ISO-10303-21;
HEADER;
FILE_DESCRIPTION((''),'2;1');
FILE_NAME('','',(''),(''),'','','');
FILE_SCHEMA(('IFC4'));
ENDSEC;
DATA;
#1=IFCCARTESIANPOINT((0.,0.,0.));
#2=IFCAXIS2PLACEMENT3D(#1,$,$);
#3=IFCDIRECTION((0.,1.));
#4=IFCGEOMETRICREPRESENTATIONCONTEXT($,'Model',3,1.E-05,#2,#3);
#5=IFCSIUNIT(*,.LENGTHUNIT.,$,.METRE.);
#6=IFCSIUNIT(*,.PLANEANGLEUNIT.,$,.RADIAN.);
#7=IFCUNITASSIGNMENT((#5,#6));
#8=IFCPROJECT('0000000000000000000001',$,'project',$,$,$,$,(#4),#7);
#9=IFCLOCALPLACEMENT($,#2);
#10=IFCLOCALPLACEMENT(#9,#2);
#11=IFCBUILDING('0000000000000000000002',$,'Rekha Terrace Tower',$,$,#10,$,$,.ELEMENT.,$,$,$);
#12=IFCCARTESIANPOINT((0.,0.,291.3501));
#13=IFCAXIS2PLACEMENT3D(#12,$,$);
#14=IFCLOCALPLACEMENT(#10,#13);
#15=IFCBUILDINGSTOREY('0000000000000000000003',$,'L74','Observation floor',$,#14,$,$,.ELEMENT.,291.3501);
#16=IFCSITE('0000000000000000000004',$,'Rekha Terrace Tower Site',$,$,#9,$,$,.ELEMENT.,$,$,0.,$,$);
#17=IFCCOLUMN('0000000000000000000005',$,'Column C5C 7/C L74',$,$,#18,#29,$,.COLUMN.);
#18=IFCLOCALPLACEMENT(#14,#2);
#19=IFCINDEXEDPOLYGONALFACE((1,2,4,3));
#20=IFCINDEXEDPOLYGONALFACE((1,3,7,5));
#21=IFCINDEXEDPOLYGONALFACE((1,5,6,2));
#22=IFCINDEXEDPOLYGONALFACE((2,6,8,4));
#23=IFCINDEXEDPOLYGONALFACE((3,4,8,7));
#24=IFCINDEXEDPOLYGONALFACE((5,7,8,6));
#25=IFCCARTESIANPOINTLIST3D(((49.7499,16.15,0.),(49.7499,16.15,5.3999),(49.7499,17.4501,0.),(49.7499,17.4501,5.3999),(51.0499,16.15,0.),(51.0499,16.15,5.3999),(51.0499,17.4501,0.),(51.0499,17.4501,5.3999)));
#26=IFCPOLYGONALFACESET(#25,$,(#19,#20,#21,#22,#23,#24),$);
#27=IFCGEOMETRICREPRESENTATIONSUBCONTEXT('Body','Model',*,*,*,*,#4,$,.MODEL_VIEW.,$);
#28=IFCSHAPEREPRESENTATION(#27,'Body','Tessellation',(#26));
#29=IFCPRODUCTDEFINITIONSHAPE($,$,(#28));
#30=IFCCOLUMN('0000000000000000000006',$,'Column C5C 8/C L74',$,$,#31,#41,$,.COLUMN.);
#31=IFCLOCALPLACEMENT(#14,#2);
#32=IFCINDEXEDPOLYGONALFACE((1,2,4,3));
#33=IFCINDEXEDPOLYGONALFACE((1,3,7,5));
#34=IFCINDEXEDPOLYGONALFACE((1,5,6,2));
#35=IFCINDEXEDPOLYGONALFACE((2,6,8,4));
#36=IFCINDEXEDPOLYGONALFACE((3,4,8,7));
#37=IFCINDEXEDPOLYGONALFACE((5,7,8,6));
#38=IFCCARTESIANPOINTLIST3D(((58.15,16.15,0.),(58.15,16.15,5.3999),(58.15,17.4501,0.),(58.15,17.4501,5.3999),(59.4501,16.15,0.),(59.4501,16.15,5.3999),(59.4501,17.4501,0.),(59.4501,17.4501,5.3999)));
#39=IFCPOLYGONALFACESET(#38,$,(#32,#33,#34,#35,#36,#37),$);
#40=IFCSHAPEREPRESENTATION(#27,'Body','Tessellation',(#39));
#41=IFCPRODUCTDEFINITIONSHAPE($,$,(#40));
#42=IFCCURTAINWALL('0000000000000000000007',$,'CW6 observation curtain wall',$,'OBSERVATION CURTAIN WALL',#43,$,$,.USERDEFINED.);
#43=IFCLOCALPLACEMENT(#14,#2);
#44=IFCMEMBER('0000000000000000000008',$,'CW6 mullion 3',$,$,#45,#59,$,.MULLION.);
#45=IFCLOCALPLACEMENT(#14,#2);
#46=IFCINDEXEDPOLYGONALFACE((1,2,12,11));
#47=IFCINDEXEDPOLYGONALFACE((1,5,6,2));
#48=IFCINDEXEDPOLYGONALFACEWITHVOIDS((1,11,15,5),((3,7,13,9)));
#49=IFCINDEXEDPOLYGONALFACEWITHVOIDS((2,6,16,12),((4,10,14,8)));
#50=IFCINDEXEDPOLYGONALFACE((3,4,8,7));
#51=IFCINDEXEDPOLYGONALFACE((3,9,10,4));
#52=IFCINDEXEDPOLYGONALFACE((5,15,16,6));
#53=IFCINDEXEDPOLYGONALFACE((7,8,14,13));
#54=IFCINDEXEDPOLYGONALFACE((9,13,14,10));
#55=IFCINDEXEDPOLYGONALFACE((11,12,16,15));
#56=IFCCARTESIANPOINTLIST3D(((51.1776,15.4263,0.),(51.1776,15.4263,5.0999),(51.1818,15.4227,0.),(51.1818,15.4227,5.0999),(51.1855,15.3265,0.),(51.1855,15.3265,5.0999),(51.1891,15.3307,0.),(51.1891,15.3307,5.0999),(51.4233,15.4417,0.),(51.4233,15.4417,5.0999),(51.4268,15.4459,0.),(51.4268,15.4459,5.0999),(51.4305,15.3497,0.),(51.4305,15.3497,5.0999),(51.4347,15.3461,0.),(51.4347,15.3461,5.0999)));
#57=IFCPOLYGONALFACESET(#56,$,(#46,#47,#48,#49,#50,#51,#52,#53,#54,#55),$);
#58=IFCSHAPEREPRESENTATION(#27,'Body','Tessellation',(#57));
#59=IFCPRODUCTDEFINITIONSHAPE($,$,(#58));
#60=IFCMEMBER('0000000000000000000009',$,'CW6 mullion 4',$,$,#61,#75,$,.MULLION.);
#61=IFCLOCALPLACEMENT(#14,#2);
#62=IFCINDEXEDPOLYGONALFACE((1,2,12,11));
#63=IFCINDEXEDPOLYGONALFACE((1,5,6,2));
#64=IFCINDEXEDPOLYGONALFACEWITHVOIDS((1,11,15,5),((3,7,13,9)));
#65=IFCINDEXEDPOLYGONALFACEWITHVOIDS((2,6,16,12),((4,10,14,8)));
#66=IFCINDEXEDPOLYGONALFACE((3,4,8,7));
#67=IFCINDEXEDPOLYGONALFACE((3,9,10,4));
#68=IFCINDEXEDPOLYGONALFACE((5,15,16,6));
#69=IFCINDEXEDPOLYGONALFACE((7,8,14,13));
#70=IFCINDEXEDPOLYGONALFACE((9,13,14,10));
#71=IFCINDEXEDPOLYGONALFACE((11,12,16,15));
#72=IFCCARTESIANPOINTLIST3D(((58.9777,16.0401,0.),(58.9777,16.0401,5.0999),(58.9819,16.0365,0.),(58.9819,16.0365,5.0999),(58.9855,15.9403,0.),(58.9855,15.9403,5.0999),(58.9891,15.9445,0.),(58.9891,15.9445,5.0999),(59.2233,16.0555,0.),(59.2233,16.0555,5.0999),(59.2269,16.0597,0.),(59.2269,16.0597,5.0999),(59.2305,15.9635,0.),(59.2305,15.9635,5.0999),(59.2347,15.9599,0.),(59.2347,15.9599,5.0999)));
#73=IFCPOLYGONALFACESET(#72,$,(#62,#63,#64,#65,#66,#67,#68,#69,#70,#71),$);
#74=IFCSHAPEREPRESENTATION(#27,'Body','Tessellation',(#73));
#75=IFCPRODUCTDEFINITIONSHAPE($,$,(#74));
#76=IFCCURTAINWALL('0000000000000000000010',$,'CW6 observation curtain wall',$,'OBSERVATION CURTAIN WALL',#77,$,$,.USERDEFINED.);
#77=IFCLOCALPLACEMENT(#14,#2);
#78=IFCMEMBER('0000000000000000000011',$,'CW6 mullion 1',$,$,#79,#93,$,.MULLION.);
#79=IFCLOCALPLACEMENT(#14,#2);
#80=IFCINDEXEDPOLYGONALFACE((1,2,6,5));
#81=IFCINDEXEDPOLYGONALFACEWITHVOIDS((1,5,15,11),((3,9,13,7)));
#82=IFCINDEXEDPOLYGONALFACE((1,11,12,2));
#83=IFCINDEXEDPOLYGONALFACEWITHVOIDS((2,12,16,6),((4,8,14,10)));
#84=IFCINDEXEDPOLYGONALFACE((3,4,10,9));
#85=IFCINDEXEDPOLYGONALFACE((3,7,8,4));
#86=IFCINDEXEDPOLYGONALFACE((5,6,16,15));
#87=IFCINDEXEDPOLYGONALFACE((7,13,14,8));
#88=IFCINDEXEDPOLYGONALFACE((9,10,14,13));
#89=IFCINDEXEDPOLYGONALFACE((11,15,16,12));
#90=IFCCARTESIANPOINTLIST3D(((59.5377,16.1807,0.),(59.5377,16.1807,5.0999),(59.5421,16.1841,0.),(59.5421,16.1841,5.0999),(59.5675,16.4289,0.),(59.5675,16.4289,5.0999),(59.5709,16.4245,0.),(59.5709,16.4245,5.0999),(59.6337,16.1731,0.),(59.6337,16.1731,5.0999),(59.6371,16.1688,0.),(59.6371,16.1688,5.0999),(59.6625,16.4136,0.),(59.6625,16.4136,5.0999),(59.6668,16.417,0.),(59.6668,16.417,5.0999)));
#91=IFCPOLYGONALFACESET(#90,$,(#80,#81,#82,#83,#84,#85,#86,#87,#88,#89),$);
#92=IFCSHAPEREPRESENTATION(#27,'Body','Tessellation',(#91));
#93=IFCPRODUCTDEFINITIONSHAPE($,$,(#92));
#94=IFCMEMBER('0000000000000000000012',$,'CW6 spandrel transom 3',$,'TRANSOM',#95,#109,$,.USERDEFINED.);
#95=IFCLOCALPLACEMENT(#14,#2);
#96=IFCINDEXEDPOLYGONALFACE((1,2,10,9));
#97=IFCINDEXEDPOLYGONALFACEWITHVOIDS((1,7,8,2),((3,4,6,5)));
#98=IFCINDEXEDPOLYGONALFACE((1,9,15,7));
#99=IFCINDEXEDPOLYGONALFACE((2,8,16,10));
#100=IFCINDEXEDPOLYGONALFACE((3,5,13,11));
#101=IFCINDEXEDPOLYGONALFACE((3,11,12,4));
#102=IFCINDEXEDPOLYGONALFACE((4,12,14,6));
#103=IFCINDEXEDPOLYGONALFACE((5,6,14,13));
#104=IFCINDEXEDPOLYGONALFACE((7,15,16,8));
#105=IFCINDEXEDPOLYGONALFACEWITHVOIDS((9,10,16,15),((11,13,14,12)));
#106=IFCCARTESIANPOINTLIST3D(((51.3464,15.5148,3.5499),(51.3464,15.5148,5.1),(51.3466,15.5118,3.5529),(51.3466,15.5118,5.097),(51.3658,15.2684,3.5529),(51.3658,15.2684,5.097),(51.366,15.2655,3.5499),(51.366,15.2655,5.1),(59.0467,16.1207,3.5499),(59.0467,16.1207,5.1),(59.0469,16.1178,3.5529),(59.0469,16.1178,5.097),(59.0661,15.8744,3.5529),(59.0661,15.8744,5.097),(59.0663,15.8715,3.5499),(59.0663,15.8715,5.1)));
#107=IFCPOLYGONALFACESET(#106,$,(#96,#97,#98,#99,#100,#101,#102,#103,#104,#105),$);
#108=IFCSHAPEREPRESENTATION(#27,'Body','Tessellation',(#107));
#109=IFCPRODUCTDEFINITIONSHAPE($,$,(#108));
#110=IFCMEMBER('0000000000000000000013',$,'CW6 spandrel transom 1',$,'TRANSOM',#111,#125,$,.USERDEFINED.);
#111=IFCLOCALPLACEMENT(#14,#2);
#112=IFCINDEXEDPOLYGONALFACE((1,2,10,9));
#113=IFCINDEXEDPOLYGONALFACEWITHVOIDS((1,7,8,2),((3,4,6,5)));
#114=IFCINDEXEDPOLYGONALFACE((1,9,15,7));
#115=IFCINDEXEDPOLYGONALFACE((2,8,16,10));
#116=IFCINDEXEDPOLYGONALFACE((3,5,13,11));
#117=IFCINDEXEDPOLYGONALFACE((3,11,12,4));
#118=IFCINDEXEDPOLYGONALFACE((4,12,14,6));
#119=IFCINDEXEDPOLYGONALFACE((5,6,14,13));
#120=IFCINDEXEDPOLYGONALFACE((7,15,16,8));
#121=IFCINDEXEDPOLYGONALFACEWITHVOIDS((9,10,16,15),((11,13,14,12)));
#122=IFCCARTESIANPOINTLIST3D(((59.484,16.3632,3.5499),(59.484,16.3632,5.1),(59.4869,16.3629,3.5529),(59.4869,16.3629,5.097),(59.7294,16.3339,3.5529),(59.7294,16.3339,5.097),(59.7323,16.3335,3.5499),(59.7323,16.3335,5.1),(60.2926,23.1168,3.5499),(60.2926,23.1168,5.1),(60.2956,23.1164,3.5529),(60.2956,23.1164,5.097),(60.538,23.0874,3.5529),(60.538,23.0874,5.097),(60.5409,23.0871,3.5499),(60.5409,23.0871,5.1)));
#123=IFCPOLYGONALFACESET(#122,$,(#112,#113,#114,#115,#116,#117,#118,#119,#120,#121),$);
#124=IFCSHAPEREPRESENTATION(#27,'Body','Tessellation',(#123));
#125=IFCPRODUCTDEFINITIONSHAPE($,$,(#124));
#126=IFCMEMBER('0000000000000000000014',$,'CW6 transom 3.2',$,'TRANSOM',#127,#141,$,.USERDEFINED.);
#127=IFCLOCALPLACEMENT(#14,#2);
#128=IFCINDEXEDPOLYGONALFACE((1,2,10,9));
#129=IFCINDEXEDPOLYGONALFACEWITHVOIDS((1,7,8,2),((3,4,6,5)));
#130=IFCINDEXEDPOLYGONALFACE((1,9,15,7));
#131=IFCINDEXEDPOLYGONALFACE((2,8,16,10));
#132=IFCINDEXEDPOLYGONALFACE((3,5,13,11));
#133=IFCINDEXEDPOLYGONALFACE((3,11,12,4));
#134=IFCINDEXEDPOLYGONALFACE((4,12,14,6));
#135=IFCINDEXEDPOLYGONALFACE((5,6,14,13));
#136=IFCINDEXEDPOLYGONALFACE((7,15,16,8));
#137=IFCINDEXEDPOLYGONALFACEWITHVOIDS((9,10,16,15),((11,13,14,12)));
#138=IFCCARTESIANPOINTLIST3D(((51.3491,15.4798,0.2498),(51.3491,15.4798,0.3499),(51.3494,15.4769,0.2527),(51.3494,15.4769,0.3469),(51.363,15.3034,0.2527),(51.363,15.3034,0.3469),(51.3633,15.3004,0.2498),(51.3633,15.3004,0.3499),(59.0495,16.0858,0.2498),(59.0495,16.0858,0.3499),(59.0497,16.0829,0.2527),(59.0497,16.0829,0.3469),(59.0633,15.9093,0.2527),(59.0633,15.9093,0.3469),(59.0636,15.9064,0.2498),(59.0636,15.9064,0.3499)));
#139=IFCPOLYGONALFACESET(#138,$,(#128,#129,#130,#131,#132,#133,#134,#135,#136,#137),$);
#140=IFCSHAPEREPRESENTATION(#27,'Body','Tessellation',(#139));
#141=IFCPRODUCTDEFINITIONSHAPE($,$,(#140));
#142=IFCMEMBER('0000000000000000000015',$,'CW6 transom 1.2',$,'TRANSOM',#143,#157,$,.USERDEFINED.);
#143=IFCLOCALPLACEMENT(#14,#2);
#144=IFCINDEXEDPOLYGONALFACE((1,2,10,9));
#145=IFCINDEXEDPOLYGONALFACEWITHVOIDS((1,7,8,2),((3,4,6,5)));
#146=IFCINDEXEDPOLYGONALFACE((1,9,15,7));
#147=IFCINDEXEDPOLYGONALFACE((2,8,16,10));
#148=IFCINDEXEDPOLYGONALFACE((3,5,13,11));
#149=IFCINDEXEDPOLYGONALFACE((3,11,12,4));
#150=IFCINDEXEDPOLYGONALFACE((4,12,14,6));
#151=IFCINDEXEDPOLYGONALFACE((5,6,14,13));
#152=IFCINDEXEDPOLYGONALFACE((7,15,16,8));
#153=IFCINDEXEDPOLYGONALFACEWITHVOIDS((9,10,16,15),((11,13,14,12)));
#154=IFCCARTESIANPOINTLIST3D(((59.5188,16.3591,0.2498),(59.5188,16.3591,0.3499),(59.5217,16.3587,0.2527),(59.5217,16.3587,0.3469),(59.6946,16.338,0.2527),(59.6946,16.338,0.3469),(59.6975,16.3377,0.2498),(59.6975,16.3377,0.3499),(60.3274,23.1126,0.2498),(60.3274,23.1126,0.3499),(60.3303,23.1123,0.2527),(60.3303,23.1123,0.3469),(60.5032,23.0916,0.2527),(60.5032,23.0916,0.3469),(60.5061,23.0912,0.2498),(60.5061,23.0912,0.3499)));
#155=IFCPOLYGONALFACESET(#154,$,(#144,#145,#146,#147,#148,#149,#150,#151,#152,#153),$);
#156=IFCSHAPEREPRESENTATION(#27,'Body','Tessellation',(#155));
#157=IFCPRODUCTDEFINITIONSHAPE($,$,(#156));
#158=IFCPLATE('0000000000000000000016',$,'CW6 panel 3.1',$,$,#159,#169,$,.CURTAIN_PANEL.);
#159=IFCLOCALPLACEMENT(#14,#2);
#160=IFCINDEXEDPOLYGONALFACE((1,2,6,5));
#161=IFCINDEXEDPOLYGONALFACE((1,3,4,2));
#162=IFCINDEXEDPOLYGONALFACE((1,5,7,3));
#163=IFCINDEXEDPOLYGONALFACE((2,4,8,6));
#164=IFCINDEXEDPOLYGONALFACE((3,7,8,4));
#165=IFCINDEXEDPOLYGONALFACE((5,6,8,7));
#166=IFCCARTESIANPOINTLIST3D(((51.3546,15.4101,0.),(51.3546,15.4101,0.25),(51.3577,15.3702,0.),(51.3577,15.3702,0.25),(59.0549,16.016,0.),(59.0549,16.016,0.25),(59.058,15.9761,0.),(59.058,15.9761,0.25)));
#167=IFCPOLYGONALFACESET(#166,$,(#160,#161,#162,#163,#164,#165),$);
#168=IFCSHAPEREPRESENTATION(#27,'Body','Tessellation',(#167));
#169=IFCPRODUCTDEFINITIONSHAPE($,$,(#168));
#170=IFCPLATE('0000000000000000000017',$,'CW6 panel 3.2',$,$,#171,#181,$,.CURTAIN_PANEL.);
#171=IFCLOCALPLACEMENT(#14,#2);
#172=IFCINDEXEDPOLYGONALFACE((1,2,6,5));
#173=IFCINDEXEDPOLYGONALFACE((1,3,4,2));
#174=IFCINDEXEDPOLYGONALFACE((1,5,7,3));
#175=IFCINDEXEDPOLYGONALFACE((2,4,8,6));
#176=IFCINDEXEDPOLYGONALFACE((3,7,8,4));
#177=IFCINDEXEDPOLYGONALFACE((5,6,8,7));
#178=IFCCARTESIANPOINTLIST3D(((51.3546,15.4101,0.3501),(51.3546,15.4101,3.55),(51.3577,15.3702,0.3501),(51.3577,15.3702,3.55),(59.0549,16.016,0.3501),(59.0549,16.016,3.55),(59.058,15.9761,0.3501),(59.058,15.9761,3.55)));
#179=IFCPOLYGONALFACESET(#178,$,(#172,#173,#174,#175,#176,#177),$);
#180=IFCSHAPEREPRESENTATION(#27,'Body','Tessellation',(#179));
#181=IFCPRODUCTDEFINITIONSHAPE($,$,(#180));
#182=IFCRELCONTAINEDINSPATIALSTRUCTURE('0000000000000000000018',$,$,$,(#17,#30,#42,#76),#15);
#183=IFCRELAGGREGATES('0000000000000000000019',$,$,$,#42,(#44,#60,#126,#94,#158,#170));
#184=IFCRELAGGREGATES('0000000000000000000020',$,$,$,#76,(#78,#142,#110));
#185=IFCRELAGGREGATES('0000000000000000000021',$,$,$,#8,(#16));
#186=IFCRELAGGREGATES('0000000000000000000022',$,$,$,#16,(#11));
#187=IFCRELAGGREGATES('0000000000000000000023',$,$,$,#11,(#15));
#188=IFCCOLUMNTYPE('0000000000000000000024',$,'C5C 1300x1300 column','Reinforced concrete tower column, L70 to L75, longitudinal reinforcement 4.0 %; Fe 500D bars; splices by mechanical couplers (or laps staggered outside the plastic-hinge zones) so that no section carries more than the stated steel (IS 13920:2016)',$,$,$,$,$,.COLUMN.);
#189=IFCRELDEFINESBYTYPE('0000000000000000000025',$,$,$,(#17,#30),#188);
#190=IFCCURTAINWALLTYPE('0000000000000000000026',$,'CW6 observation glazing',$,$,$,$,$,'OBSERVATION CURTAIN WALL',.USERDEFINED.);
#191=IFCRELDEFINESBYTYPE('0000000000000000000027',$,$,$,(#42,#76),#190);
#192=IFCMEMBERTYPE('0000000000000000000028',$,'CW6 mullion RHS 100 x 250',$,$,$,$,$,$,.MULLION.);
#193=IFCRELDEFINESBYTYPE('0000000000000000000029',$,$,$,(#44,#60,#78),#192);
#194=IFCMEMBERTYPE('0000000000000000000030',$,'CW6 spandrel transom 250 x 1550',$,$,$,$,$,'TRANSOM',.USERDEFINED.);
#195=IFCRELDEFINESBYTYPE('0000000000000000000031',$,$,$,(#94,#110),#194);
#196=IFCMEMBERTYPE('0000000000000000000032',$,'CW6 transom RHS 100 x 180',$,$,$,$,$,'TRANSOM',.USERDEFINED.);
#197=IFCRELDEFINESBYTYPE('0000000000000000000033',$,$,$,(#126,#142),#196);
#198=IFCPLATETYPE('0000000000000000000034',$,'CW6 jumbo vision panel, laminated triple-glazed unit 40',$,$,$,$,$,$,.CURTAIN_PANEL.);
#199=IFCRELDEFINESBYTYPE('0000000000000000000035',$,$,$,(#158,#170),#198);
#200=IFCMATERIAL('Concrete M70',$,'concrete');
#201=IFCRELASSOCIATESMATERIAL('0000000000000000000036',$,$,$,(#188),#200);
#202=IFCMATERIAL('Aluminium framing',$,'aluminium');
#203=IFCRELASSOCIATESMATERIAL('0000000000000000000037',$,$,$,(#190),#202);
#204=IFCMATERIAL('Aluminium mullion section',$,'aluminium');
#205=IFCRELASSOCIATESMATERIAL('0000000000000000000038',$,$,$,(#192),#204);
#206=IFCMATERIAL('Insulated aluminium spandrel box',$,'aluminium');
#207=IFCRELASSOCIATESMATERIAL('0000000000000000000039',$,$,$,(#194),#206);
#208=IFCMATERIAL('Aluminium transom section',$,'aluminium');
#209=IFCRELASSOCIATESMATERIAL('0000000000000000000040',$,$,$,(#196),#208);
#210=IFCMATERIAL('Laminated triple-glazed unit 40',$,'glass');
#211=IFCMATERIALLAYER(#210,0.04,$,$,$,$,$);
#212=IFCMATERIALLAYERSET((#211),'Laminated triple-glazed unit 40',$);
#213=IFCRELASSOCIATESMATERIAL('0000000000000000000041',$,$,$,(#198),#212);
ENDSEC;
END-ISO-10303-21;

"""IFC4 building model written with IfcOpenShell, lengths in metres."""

from ifc_helpers import new_model, si_unit, direction, frame, origin, origin_2d, place, context, subcontext, project, spatial, rectangle, hollow_rectangle, extrude, material, layer, layer_set, material_profile, profile_set, type_object, element, aggregate, save


model = new_model("IFC4")

# Units and contexts
model_context = context("Model", 3, precision=1e-05, world=origin(), true_north=direction((0.0, 1.0)))
body_context = subcontext(model_context, "Body", "Model", "MODEL_VIEW")
ifc_project = project(units=[si_unit("LENGTHUNIT", "METRE"), si_unit("PLANEANGLEUNIT", "RADIAN")], contexts=[model_context])

# Site, building, storey
site_placement = place(None, origin())
site = spatial("IfcSite", under=ifc_project, at=site_placement, Name="Rekha Terrace Tower Site", CompositionType="ELEMENT", RefElevation=0.0)
building_placement = place(site_placement, origin())
building = spatial("IfcBuilding", under=site, at=building_placement, Name="Rekha Terrace Tower", CompositionType="ELEMENT")
storey_placement = place(building_placement, frame((0.0, 0.0, 291.3501)))
storey = spatial("IfcBuildingStorey", under=building, at=storey_placement, Name="L74", Description="Observation floor", CompositionType="ELEMENT", Elevation=291.3501)

# Columns
ifc_material_1 = material(Name="Concrete M70", Category="concrete")
ifc_material_profile_1 = material_profile(ifc_material_1, rectangle(XDim=1.3, YDim=1.3, at=origin_2d()), Name="RC 1300x1300")
ifc_profile_set_1 = profile_set([ifc_material_profile_1], Name="Concrete M70")
column_type = type_object("IfcColumnType", Name="C5C 1300x1300 column", Description="Reinforced concrete tower column, L70 to L75, longitudinal reinforcement 4.0 %; Fe 500D bars; splices by mechanical couplers (or laps staggered outside the plastic-hinge zones) so that no section carries more than the stated steel (IS 13920:2016)", PredefinedType="COLUMN", material=ifc_profile_set_1)
for number, where, z_axis, x_axis, name in (
    (1, (50.3999, 16.8, 0.0), (0.0, 0.0, 1.0), (1.0, 0.0, 0.0), "Column C5C 7/C L74"),
    (2, (58.8, 16.8, 0.0), (0.0, 0.0, 1.0), (1.0, 0.0, 0.0), "Column C5C 8/C L74"),
):
    element("IfcColumn", number, at=place(storey_placement, frame(where, z_axis=z_axis, x_axis=x_axis)), inside=storey, type_object=column_type, Name=name, PredefinedType="COLUMN", context=body_context, shape_type="SweptSolid", body=[
        extrude(rectangle(XDim=1.3, YDim=1.3, at=origin_2d()), origin(), (0.0, 0.0, 1.0), 5.3999),
    ])

# Curtain wall, members
ifc_material_2 = material(Name="Aluminium framing", Category="aluminium")
curtain_wall_type = type_object("IfcCurtainWallType", Name="CW6 observation glazing", ElementType="OBSERVATION CURTAIN WALL", PredefinedType="USERDEFINED", material=ifc_material_2)
curtain_wall_1_placement = place(storey_placement, origin())
curtain_wall_1 = element("IfcCurtainWall", 3, at=curtain_wall_1_placement, inside=storey, type_object=curtain_wall_type, Name="CW6 observation curtain wall", ObjectType="OBSERVATION CURTAIN WALL", PredefinedType="USERDEFINED")
ifc_material_3 = material(Name="Aluminium mullion section", Category="aluminium")
ifc_material_profile_2 = material_profile(ifc_material_3, hollow_rectangle(XDim=0.1001, YDim=0.25, WallThickness=0.0039, at=origin_2d()), Name="AL RHS 100x250")
ifc_profile_set_2 = profile_set([ifc_material_profile_2], Name="Aluminium mullion section")
member_type_1 = type_object("IfcMemberType", Name="CW6 mullion RHS 100 x 250", PredefinedType="MULLION", material=ifc_profile_set_2)
member_1_placement = place(storey_placement, frame((51.3062, 15.3862, 0.0), z_axis=(0.0, 0.0, 1.0), x_axis=(-0.078449, 0.996918, 0.0)))
member_1 = element("IfcMember", 4, at=member_1_placement, type_object=member_type_1, Name="CW6 mullion 3", PredefinedType="MULLION", context=body_context, shape_type="SweptSolid", body=[
    extrude(hollow_rectangle(XDim=0.1001, YDim=0.25, WallThickness=0.0039, at=origin_2d()), origin(), (0.0, 0.0, 1.0), 5.0999),
])
member_2_placement = place(storey_placement, frame((59.1062, 16.0, 0.0), z_axis=(0.0, 0.0, 1.0), x_axis=(-0.078449, 0.996918, 0.0)))
member_2 = element("IfcMember", 5, at=member_2_placement, type_object=member_type_1, Name="CW6 mullion 4", PredefinedType="MULLION", context=body_context, shape_type="SweptSolid", body=[
    extrude(hollow_rectangle(XDim=0.1001, YDim=0.25, WallThickness=0.0039, at=origin_2d()), origin(), (0.0, 0.0, 1.0), 5.0999),
])

# Curtain wall, member
curtain_wall_2_placement = place(storey_placement, origin())
curtain_wall_2 = element("IfcCurtainWall", 6, at=curtain_wall_2_placement, inside=storey, type_object=curtain_wall_type, Name="CW6 observation curtain wall", ObjectType="OBSERVATION CURTAIN WALL", PredefinedType="USERDEFINED")
member_3_placement = place(storey_placement, frame((59.6023, 16.2988, 0.0), z_axis=(0.0, 0.0, 1.0), x_axis=(-0.99291, 0.118869, 0.0)))
member_3 = element("IfcMember", 7, at=member_3_placement, type_object=member_type_1, Name="CW6 mullion 1", PredefinedType="MULLION", context=body_context, shape_type="SweptSolid", body=[
    extrude(hollow_rectangle(XDim=0.1001, YDim=0.25, WallThickness=0.0039, at=origin_2d()), origin(), (0.0, 0.0, 1.0), 5.0999),
])

# Members
ifc_material_4 = material(Name="Insulated aluminium spandrel box", Category="aluminium")
ifc_material_profile_3 = material_profile(ifc_material_4, hollow_rectangle(XDim=0.25, YDim=1.55, WallThickness=0.0029, at=origin_2d()), Name="AL SPANDREL BOX 250x1550")
ifc_profile_set_3 = profile_set([ifc_material_profile_3], Name="Insulated aluminium spandrel box")
member_type_2 = type_object("IfcMemberType", Name="CW6 spandrel transom 250 x 1550", ElementType="TRANSOM", PredefinedType="USERDEFINED", material=ifc_profile_set_3)
member_4_placement = place(storey_placement, frame((51.3562, 15.3901, 4.325), z_axis=(0.996918, 0.078451, 0.0), x_axis=(-0.078451, 0.996918, 0.0)))
member_4 = element("IfcMember", 8, at=member_4_placement, type_object=member_type_2, Name="CW6 spandrel transom 3", ObjectType="TRANSOM", PredefinedType="USERDEFINED", context=body_context, shape_type="SweptSolid", body=[
    extrude(hollow_rectangle(XDim=0.25, YDim=1.55, WallThickness=0.0029, at=origin_2d()), origin(), (0.0, 0.0, 1.0), 7.7241),
])
member_5_placement = place(storey_placement, frame((59.6082, 16.3484, 4.325), z_axis=(0.118882, 0.992908, 0.0), x_axis=(-0.992908, 0.118882, 0.0)))
member_5 = element("IfcMember", 9, at=member_5_placement, type_object=member_type_2, Name="CW6 spandrel transom 1", ObjectType="TRANSOM", PredefinedType="USERDEFINED", context=body_context, shape_type="SweptSolid", body=[
    extrude(hollow_rectangle(XDim=0.25, YDim=1.55, WallThickness=0.0029, at=origin_2d()), origin(), (0.0, 0.0, 1.0), 6.8018),
])
ifc_material_5 = material(Name="Aluminium transom section", Category="aluminium")
ifc_material_profile_4 = material_profile(ifc_material_5, hollow_rectangle(XDim=0.1799, YDim=0.1001, WallThickness=0.0029, at=origin_2d()), Name="AL RHS 180x100")
ifc_profile_set_4 = profile_set([ifc_material_profile_4], Name="Aluminium transom section")
member_type_3 = type_object("IfcMemberType", Name="CW6 transom RHS 100 x 180", ElementType="TRANSOM", PredefinedType="USERDEFINED", material=ifc_profile_set_4)
member_6_placement = place(storey_placement, frame((51.3562, 15.3901, 0.2998), z_axis=(0.996918, 0.078451, 0.0), x_axis=(-0.078451, 0.996918, 0.0)))
member_6 = element("IfcMember", 10, at=member_6_placement, type_object=member_type_3, Name="CW6 transom 3.2", ObjectType="TRANSOM", PredefinedType="USERDEFINED", context=body_context, shape_type="SweptSolid", body=[
    extrude(hollow_rectangle(XDim=0.1799, YDim=0.1001, WallThickness=0.0029, at=origin_2d()), origin(), (0.0, 0.0, 1.0), 7.7241),
])
member_7_placement = place(storey_placement, frame((59.6082, 16.3484, 0.2998), z_axis=(0.118882, 0.992908, 0.0), x_axis=(-0.992908, 0.118882, 0.0)))
member_7 = element("IfcMember", 11, at=member_7_placement, type_object=member_type_3, Name="CW6 transom 1.2", ObjectType="TRANSOM", PredefinedType="USERDEFINED", context=body_context, shape_type="SweptSolid", body=[
    extrude(hollow_rectangle(XDim=0.1799, YDim=0.1001, WallThickness=0.0029, at=origin_2d()), origin(), (0.0, 0.0, 1.0), 6.8018),
])

# Plates
ifc_material_6 = material(Name="Laminated triple-glazed unit 40", Category="glass")
ifc_layer_1 = layer(ifc_material_6, 0.04)
ifc_layer_set_1 = layer_set([ifc_layer_1], Name="Laminated triple-glazed unit 40")
plate_type = type_object("IfcPlateType", Name="CW6 jumbo vision panel, laminated triple-glazed unit 40", PredefinedType="CURTAIN_PANEL", material=ifc_layer_set_1)
plate_1_placement = place(storey_placement, frame((55.2063, 15.6931, 0.0), z_axis=(0.0, 0.0, 1.0), x_axis=(0.996918, 0.078449, 0.0)))
plate_1 = element("IfcPlate", 12, at=plate_1_placement, type_object=plate_type, Name="CW6 panel 3.1", PredefinedType="CURTAIN_PANEL", context=body_context, shape_type="SweptSolid", body=[
    extrude(rectangle(XDim=7.7241, YDim=0.04, at=origin_2d()), origin(), (0.0, 0.0, 1.0), 0.25),
])
plate_2_placement = place(storey_placement, frame((55.2063, 15.6931, 0.3501), z_axis=(0.0, 0.0, 1.0), x_axis=(0.996918, 0.078449, 0.0)))
plate_2 = element("IfcPlate", 13, at=plate_2_placement, type_object=plate_type, Name="CW6 panel 3.2", PredefinedType="CURTAIN_PANEL", context=body_context, shape_type="SweptSolid", body=[
    extrude(rectangle(XDim=7.7241, YDim=0.04, at=origin_2d()), origin(), (0.0, 0.0, 1.0), 3.2),
])
aggregate(curtain_wall_1, [member_1, member_2, member_6, member_4, plate_1, plate_2])
aggregate(curtain_wall_2, [member_3, member_7, member_5])

save(model, "model.ifc")
